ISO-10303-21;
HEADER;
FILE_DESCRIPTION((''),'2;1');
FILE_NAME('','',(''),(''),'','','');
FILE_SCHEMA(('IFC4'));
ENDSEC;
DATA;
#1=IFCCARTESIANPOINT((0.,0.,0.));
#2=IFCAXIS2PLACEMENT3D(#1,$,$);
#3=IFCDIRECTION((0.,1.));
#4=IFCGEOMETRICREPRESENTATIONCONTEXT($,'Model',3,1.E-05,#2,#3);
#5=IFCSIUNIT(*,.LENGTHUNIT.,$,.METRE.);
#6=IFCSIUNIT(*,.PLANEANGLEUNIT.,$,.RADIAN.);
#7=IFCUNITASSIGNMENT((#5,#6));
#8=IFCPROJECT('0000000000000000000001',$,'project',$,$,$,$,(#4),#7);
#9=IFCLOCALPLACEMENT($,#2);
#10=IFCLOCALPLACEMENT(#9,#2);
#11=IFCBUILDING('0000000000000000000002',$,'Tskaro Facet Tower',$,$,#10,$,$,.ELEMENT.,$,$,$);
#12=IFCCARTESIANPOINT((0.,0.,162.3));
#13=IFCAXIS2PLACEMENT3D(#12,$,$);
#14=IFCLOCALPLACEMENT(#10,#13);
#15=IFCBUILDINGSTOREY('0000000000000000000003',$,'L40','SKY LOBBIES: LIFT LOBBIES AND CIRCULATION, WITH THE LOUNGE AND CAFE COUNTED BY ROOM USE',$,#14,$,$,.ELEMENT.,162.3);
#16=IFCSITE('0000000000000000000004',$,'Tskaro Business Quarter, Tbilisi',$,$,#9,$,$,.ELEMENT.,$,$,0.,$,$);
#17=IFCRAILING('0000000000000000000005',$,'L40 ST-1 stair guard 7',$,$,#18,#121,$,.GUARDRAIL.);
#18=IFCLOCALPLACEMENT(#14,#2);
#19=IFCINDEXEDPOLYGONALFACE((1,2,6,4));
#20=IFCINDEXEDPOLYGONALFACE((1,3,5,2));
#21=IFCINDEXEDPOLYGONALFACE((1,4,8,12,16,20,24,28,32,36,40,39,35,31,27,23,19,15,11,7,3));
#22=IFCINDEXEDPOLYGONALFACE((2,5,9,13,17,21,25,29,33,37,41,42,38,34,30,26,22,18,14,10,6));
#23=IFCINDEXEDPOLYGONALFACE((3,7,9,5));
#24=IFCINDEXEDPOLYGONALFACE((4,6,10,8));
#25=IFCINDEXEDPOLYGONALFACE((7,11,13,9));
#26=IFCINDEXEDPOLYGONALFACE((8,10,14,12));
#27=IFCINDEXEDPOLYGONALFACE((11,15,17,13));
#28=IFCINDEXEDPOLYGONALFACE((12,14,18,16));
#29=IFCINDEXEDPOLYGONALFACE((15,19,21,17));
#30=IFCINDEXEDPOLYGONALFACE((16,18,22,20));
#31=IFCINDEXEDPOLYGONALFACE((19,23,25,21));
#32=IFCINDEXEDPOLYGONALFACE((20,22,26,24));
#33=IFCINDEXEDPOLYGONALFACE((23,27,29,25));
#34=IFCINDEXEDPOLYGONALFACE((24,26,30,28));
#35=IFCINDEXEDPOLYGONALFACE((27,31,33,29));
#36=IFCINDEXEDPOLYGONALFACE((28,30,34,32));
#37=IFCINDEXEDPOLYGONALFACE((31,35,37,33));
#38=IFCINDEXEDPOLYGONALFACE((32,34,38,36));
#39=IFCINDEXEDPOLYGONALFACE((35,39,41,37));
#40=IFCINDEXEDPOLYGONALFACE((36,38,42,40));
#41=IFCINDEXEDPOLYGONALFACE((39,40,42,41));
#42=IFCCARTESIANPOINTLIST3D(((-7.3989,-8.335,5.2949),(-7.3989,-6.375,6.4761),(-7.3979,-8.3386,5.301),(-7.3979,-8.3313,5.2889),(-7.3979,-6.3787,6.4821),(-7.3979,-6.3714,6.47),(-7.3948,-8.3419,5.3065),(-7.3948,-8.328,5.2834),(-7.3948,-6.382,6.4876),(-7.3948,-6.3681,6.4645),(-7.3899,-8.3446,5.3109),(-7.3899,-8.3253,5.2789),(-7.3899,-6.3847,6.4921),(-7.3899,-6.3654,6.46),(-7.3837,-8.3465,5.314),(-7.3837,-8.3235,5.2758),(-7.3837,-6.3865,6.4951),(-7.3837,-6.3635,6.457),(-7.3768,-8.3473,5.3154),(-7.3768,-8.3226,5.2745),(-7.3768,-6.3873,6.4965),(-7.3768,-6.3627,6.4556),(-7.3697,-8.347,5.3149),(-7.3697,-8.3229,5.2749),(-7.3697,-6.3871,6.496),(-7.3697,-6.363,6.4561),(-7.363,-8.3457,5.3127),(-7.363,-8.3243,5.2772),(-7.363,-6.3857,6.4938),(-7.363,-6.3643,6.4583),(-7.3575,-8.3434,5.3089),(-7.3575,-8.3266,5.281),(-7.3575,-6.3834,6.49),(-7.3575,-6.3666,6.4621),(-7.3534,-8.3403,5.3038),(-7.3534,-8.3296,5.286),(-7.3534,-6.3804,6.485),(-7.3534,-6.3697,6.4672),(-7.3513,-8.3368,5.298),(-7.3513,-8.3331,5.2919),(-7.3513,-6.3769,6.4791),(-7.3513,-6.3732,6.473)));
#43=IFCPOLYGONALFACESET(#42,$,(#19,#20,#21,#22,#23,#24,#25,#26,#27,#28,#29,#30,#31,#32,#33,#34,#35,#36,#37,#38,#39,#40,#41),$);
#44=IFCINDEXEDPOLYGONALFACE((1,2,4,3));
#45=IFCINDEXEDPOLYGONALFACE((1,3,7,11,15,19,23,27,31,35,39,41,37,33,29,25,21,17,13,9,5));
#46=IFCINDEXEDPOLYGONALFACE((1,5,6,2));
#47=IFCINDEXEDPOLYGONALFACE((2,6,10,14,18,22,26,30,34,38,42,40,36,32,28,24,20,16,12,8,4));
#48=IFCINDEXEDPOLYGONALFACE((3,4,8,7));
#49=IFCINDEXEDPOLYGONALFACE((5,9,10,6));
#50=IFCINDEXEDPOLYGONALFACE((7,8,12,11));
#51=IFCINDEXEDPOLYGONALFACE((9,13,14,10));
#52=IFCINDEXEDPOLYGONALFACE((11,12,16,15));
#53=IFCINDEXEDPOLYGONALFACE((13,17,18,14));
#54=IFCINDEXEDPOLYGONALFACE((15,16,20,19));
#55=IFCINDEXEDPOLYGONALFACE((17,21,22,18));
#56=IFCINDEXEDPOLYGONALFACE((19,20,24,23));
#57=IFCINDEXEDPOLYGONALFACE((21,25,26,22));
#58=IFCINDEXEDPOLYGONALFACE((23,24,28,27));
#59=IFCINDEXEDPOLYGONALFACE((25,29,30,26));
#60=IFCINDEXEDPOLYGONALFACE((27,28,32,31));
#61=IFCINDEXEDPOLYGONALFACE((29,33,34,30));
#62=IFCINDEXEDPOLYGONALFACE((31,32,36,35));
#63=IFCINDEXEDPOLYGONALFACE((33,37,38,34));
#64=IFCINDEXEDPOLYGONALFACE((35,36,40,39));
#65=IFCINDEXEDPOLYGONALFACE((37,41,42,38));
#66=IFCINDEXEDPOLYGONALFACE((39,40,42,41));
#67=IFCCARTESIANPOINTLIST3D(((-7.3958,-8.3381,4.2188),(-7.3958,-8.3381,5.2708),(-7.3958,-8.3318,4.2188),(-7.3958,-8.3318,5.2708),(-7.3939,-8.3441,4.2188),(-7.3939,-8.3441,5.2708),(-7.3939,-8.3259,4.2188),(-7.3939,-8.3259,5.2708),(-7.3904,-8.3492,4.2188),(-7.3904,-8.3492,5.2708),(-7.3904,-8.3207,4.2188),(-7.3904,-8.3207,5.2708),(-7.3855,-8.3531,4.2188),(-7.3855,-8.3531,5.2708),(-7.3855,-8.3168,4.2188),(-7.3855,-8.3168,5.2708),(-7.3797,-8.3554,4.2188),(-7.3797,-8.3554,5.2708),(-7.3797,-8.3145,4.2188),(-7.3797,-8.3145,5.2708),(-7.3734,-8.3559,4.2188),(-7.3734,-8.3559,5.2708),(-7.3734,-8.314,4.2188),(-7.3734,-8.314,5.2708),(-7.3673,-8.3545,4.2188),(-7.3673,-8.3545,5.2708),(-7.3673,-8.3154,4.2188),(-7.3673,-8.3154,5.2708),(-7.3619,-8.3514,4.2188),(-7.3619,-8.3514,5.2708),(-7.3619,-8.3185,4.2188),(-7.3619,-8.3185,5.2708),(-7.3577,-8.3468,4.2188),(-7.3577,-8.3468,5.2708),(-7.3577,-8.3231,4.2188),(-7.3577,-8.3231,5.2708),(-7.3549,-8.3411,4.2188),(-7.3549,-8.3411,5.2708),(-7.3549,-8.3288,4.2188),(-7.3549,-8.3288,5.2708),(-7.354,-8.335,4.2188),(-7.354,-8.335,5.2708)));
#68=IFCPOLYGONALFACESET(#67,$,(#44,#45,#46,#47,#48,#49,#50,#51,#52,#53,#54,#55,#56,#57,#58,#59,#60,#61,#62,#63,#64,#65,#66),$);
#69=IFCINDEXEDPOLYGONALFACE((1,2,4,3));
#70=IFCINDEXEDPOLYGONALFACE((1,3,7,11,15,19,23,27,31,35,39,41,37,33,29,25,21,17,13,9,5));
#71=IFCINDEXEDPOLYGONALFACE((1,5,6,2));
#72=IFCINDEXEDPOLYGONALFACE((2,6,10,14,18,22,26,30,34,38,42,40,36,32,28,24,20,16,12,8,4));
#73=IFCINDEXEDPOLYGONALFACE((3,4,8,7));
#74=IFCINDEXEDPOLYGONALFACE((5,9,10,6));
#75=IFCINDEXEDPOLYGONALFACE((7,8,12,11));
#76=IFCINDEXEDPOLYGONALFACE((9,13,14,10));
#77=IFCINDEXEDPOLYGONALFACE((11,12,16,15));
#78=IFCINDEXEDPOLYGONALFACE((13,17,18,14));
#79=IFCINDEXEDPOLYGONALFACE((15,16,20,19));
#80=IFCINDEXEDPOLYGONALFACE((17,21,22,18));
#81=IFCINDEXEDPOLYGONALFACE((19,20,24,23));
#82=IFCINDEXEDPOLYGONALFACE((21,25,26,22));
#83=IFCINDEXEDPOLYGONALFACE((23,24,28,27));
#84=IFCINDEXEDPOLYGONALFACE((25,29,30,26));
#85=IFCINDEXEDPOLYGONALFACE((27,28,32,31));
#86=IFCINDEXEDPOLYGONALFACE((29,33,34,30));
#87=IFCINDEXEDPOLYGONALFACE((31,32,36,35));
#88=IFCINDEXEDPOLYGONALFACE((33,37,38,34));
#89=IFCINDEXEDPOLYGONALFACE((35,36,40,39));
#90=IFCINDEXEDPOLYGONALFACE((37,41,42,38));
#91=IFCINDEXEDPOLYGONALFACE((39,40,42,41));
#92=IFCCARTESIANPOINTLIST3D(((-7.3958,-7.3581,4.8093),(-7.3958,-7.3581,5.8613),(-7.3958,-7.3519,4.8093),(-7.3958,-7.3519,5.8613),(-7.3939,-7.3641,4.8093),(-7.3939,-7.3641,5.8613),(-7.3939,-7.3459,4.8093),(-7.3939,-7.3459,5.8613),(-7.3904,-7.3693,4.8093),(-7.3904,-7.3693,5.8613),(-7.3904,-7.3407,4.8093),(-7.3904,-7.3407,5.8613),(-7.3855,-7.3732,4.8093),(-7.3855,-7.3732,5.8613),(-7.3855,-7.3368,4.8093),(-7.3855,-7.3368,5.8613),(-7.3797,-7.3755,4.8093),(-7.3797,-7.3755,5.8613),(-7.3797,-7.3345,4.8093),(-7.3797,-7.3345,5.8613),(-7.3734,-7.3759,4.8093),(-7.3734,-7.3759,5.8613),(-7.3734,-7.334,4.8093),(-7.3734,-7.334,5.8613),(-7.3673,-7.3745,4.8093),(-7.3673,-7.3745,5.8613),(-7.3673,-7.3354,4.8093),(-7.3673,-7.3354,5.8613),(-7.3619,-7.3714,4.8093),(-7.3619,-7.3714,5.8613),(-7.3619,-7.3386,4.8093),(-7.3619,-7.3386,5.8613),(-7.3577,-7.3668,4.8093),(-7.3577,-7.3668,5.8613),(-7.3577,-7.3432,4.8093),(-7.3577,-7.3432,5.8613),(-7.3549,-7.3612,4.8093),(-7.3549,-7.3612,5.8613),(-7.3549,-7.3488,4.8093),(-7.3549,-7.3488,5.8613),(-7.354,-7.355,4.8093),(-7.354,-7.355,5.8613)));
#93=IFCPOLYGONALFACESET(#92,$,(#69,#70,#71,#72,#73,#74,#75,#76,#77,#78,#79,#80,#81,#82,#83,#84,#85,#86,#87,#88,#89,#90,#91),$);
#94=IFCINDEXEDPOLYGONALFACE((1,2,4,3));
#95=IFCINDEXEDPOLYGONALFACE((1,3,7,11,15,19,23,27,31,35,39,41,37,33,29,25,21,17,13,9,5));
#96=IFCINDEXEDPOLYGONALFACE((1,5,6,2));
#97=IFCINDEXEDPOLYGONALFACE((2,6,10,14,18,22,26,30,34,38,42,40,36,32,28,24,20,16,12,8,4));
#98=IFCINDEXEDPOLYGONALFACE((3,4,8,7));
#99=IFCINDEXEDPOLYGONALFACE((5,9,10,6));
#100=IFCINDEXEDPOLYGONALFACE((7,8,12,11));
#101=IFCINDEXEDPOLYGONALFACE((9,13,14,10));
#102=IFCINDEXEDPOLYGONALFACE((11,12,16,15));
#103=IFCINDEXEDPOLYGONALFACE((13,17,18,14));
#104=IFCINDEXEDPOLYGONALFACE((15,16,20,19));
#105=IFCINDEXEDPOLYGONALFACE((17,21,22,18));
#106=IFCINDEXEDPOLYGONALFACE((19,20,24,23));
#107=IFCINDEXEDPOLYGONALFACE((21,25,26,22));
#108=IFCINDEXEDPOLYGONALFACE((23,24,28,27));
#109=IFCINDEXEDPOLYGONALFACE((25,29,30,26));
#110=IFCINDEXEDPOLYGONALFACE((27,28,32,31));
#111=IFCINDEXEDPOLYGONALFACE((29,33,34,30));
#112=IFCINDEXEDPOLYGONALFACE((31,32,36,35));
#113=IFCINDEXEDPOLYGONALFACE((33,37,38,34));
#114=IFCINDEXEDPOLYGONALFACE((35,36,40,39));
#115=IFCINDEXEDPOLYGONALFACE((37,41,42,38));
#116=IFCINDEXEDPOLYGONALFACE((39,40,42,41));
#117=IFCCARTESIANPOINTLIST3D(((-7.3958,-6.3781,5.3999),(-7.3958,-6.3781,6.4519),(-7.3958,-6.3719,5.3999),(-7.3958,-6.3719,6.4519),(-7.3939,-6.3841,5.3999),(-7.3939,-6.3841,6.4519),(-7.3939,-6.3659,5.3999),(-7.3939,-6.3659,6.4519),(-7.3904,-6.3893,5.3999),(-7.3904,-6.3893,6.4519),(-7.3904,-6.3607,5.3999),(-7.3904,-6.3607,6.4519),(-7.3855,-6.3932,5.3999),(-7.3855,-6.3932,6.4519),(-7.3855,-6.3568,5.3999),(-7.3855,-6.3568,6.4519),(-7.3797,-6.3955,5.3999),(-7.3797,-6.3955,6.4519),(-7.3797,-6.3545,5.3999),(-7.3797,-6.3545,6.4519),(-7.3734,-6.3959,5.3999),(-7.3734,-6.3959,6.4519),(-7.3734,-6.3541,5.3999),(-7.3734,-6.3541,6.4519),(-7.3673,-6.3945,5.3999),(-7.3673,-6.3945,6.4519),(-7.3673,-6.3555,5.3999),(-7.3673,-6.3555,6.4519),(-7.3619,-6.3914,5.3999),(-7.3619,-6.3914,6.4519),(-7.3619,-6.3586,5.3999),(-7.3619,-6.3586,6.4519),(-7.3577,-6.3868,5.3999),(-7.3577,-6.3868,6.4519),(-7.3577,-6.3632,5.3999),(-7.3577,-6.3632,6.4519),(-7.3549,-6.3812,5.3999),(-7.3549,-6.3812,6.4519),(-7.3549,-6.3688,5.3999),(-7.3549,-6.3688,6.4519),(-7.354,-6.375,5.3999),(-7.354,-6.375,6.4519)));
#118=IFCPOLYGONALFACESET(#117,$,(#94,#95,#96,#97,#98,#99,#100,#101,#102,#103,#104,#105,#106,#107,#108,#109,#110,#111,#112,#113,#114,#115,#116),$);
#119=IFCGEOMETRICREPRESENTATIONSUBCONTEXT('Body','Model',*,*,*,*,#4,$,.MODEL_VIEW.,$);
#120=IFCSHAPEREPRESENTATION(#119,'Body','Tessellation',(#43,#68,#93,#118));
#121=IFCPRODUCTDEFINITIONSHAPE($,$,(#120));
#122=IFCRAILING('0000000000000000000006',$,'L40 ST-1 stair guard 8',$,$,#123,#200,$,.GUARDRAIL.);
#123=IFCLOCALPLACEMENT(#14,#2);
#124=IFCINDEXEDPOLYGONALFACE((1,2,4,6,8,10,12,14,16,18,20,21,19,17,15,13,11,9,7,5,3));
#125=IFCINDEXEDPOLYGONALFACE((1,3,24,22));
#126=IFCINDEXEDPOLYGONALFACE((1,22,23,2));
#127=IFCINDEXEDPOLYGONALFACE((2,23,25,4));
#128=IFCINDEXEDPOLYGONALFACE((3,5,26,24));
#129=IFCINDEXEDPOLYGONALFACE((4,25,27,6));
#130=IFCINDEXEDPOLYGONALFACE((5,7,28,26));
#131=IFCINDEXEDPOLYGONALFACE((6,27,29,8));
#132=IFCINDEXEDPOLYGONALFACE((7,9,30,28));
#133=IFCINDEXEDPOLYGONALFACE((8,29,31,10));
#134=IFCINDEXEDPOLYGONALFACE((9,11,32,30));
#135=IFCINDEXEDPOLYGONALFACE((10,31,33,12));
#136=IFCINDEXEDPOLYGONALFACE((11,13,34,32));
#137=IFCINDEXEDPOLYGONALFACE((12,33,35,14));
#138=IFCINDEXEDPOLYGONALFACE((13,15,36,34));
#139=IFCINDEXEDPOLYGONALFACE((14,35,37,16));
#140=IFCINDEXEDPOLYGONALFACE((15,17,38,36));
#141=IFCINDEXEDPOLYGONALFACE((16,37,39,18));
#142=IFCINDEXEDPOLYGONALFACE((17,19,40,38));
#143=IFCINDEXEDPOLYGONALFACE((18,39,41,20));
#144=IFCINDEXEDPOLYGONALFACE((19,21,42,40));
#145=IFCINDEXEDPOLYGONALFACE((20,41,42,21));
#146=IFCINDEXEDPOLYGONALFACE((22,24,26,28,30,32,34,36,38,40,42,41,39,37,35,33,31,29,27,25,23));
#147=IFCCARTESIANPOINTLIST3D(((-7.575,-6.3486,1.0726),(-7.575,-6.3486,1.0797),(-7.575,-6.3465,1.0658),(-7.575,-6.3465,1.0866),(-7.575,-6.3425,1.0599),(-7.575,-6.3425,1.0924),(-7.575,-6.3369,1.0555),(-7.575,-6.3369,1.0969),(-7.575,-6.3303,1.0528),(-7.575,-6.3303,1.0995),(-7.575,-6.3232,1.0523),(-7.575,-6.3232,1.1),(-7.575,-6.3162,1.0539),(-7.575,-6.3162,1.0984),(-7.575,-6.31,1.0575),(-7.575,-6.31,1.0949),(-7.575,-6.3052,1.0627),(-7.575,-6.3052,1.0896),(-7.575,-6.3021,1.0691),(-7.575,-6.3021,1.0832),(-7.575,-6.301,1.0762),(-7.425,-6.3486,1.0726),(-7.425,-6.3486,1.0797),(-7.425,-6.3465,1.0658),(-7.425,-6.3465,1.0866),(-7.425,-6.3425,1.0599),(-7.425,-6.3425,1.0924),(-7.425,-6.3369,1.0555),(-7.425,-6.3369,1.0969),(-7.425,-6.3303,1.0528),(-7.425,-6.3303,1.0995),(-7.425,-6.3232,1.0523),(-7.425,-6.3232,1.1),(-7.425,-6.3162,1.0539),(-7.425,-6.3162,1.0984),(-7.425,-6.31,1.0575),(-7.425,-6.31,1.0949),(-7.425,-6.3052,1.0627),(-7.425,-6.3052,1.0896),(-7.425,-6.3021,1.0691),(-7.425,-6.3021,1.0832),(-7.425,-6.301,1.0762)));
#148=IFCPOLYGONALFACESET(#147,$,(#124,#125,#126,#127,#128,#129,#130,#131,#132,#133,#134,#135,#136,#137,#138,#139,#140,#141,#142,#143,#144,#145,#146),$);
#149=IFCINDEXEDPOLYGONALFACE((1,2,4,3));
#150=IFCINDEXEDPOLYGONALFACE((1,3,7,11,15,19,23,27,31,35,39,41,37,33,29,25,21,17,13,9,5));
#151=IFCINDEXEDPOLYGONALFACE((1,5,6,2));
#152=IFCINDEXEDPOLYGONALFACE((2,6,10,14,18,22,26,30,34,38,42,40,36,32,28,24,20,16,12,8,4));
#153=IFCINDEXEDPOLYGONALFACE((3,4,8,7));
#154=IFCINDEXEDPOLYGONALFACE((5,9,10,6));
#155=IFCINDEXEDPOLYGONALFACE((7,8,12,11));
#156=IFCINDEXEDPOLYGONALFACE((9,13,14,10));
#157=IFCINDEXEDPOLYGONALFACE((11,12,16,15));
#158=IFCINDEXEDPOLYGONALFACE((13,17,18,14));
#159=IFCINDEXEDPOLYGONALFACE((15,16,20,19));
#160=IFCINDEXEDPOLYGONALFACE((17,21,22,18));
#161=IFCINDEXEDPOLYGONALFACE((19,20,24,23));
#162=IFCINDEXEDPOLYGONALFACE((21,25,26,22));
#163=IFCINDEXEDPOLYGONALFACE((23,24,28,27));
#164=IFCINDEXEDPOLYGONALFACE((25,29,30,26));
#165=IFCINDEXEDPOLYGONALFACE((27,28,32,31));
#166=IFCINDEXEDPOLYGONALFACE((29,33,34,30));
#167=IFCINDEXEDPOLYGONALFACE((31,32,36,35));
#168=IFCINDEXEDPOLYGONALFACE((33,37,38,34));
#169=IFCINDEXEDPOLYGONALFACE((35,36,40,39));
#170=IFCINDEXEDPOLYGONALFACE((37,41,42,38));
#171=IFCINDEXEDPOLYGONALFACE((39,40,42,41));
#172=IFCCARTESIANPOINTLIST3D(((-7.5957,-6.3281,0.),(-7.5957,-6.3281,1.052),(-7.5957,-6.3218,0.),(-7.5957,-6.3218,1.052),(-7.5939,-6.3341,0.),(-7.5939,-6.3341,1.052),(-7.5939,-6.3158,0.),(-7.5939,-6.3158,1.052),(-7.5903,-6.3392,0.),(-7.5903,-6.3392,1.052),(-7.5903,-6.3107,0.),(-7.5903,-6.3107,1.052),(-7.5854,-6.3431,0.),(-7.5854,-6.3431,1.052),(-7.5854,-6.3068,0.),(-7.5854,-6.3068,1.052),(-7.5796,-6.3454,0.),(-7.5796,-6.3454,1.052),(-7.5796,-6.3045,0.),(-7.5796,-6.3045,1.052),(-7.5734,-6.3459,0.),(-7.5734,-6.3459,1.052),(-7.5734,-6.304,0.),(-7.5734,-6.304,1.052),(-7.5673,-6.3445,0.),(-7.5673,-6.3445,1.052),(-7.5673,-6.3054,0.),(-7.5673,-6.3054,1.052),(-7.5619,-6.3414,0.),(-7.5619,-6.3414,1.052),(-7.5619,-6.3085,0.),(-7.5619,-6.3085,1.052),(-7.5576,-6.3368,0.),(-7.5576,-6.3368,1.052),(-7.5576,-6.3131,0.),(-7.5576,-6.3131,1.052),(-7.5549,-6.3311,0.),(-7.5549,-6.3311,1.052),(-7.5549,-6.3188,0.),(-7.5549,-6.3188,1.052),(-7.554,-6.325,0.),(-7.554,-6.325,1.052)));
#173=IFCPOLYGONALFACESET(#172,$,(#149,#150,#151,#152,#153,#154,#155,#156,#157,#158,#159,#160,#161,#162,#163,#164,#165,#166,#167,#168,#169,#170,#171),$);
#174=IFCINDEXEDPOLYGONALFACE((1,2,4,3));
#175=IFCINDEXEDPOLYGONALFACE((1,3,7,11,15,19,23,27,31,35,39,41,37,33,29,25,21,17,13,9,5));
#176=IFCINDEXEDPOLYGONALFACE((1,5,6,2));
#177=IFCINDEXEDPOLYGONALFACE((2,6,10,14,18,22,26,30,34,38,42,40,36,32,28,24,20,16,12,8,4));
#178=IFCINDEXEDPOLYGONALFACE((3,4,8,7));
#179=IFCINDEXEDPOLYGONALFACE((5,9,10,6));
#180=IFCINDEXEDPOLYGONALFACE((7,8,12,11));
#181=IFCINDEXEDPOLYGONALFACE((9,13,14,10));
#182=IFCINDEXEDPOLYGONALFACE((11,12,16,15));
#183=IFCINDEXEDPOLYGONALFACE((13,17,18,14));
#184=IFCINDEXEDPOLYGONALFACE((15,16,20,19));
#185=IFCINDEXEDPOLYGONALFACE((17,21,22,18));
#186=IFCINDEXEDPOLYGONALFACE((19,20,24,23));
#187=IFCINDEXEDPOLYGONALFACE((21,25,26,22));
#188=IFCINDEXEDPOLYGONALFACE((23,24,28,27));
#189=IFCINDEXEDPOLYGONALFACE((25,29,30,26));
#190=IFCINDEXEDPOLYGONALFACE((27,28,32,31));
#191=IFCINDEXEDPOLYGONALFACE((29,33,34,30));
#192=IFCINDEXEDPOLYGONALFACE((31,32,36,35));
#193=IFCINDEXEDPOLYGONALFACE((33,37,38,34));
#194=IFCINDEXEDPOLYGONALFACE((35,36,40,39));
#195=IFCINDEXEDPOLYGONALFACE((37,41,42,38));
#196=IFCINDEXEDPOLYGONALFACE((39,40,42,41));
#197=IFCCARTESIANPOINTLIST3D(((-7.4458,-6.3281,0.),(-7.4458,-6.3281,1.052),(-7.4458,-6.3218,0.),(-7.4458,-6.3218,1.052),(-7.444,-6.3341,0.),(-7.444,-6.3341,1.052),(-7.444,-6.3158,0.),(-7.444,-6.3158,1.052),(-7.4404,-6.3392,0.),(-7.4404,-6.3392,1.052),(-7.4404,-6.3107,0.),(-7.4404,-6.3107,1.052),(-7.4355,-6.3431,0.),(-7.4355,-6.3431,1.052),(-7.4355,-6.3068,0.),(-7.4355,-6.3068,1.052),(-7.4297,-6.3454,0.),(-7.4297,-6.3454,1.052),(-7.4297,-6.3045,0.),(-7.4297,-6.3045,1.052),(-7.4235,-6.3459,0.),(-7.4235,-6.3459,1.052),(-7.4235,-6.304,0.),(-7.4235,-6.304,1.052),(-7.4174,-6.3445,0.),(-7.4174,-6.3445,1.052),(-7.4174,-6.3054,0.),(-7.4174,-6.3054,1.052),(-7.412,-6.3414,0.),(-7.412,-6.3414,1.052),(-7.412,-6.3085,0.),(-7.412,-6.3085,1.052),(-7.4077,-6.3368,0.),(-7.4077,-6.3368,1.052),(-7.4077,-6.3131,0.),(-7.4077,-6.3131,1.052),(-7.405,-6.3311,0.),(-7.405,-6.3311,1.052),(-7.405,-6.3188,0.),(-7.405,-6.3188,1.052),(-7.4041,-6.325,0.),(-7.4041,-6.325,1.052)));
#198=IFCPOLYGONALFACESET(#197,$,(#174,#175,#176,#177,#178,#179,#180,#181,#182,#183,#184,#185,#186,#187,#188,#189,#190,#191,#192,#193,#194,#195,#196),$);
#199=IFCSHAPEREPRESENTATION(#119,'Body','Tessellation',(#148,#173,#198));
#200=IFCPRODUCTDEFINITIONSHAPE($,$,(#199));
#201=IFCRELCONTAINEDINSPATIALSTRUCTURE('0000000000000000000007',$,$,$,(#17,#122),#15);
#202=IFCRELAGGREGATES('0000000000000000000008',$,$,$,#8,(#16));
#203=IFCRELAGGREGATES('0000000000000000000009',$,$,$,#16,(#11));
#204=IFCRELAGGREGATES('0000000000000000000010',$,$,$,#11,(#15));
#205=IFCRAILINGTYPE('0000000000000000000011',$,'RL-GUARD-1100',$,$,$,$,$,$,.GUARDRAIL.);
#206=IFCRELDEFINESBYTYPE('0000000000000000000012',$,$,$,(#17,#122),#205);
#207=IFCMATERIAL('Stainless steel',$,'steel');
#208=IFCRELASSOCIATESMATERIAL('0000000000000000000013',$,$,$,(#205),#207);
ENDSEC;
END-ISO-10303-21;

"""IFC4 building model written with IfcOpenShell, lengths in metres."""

from ifc_helpers import new_model, si_unit, direction, frame, origin, origin_2d, place, context, subcontext, project, spatial, circle, extrude, material, type_object, element, save


model = new_model("IFC4")

# Units and contexts
model_context = context("Model", 3, precision=1e-05, world=origin(), true_north=direction((0.0, 1.0)))
body_context = subcontext(model_context, "Body", "Model", "MODEL_VIEW")
ifc_project = project(units=[si_unit("LENGTHUNIT", "METRE"), si_unit("PLANEANGLEUNIT", "RADIAN")], contexts=[model_context])

# Site, building, storey
site_placement = place(None, origin())
site = spatial("IfcSite", under=ifc_project, at=site_placement, Name="Tskaro Business Quarter, Tbilisi", CompositionType="ELEMENT", RefElevation=0.0)
building_placement = place(site_placement, origin())
building = spatial("IfcBuilding", under=site, at=building_placement, Name="Tskaro Facet Tower", CompositionType="ELEMENT")
storey_placement = place(building_placement, frame((0.0, 0.0, 162.3)))
storey = spatial("IfcBuildingStorey", under=building, at=storey_placement, Name="L40", Description="SKY LOBBIES: LIFT LOBBIES AND CIRCULATION, WITH THE LOUNGE AND CAFE COUNTED BY ROOM USE", CompositionType="ELEMENT", Elevation=162.3)

# Shared definitions
ifc_material_1 = material(Name="Stainless steel", Category="steel")

# Railings
railing_type_1 = type_object("IfcRailingType", Name="RL-GUARD-1100", PredefinedType="GUARDRAIL", material=ifc_material_1)
railing_1_placement = place(storey_placement, frame((-7.375, -8.335, 4.2188)))
element("IfcRailing", 1, at=railing_1_placement, inside=storey, type_object=railing_type_1, Name="L40 ST-1 stair guard 7", PredefinedType="GUARDRAIL", context=body_context, shape_type="SweptSolid", body=[
    extrude(circle(Radius=0.0239, at=origin_2d()), frame((0.0, 0.0, 1.0762), z_axis=(0.0, 0.856493, 0.516158), x_axis=(-1.0, 0.0, 0.0)), (0.0, 0.0, 1.0), 2.2883),
    extrude(circle(Radius=0.021, at=origin_2d()), origin(), (0.0, 0.0, 1.0), 1.052),
    extrude(circle(Radius=0.021, at=origin_2d()), frame((0.0, 0.98, 0.5906)), (0.0, 0.0, 1.0), 1.052),
    extrude(circle(Radius=0.021, at=origin_2d()), frame((0.0, 1.96, 1.1812)), (0.0, 0.0, 1.0), 1.052),
])
railing_2_placement = place(storey_placement, frame((-7.575, -6.325, 0.0)))
element("IfcRailing", 2, at=railing_2_placement, inside=storey, type_object=railing_type_1, Name="L40 ST-1 stair guard 8", PredefinedType="GUARDRAIL", context=body_context, shape_type="SweptSolid", body=[
    extrude(circle(Radius=0.0239, at=origin_2d()), frame((0.0, 0.0, 1.0762), z_axis=(1.0, 0.0, 0.0), x_axis=(0.0, 1.0, 0.0)), (0.0, 0.0, 1.0), 0.1499),
    extrude(circle(Radius=0.021, at=origin_2d()), origin(), (0.0, 0.0, 1.0), 1.052),
    extrude(circle(Radius=0.021, at=origin_2d()), frame((0.1499, 0.0, 0.0)), (0.0, 0.0, 1.0), 1.052),
])

save(model, "model.ifc")
